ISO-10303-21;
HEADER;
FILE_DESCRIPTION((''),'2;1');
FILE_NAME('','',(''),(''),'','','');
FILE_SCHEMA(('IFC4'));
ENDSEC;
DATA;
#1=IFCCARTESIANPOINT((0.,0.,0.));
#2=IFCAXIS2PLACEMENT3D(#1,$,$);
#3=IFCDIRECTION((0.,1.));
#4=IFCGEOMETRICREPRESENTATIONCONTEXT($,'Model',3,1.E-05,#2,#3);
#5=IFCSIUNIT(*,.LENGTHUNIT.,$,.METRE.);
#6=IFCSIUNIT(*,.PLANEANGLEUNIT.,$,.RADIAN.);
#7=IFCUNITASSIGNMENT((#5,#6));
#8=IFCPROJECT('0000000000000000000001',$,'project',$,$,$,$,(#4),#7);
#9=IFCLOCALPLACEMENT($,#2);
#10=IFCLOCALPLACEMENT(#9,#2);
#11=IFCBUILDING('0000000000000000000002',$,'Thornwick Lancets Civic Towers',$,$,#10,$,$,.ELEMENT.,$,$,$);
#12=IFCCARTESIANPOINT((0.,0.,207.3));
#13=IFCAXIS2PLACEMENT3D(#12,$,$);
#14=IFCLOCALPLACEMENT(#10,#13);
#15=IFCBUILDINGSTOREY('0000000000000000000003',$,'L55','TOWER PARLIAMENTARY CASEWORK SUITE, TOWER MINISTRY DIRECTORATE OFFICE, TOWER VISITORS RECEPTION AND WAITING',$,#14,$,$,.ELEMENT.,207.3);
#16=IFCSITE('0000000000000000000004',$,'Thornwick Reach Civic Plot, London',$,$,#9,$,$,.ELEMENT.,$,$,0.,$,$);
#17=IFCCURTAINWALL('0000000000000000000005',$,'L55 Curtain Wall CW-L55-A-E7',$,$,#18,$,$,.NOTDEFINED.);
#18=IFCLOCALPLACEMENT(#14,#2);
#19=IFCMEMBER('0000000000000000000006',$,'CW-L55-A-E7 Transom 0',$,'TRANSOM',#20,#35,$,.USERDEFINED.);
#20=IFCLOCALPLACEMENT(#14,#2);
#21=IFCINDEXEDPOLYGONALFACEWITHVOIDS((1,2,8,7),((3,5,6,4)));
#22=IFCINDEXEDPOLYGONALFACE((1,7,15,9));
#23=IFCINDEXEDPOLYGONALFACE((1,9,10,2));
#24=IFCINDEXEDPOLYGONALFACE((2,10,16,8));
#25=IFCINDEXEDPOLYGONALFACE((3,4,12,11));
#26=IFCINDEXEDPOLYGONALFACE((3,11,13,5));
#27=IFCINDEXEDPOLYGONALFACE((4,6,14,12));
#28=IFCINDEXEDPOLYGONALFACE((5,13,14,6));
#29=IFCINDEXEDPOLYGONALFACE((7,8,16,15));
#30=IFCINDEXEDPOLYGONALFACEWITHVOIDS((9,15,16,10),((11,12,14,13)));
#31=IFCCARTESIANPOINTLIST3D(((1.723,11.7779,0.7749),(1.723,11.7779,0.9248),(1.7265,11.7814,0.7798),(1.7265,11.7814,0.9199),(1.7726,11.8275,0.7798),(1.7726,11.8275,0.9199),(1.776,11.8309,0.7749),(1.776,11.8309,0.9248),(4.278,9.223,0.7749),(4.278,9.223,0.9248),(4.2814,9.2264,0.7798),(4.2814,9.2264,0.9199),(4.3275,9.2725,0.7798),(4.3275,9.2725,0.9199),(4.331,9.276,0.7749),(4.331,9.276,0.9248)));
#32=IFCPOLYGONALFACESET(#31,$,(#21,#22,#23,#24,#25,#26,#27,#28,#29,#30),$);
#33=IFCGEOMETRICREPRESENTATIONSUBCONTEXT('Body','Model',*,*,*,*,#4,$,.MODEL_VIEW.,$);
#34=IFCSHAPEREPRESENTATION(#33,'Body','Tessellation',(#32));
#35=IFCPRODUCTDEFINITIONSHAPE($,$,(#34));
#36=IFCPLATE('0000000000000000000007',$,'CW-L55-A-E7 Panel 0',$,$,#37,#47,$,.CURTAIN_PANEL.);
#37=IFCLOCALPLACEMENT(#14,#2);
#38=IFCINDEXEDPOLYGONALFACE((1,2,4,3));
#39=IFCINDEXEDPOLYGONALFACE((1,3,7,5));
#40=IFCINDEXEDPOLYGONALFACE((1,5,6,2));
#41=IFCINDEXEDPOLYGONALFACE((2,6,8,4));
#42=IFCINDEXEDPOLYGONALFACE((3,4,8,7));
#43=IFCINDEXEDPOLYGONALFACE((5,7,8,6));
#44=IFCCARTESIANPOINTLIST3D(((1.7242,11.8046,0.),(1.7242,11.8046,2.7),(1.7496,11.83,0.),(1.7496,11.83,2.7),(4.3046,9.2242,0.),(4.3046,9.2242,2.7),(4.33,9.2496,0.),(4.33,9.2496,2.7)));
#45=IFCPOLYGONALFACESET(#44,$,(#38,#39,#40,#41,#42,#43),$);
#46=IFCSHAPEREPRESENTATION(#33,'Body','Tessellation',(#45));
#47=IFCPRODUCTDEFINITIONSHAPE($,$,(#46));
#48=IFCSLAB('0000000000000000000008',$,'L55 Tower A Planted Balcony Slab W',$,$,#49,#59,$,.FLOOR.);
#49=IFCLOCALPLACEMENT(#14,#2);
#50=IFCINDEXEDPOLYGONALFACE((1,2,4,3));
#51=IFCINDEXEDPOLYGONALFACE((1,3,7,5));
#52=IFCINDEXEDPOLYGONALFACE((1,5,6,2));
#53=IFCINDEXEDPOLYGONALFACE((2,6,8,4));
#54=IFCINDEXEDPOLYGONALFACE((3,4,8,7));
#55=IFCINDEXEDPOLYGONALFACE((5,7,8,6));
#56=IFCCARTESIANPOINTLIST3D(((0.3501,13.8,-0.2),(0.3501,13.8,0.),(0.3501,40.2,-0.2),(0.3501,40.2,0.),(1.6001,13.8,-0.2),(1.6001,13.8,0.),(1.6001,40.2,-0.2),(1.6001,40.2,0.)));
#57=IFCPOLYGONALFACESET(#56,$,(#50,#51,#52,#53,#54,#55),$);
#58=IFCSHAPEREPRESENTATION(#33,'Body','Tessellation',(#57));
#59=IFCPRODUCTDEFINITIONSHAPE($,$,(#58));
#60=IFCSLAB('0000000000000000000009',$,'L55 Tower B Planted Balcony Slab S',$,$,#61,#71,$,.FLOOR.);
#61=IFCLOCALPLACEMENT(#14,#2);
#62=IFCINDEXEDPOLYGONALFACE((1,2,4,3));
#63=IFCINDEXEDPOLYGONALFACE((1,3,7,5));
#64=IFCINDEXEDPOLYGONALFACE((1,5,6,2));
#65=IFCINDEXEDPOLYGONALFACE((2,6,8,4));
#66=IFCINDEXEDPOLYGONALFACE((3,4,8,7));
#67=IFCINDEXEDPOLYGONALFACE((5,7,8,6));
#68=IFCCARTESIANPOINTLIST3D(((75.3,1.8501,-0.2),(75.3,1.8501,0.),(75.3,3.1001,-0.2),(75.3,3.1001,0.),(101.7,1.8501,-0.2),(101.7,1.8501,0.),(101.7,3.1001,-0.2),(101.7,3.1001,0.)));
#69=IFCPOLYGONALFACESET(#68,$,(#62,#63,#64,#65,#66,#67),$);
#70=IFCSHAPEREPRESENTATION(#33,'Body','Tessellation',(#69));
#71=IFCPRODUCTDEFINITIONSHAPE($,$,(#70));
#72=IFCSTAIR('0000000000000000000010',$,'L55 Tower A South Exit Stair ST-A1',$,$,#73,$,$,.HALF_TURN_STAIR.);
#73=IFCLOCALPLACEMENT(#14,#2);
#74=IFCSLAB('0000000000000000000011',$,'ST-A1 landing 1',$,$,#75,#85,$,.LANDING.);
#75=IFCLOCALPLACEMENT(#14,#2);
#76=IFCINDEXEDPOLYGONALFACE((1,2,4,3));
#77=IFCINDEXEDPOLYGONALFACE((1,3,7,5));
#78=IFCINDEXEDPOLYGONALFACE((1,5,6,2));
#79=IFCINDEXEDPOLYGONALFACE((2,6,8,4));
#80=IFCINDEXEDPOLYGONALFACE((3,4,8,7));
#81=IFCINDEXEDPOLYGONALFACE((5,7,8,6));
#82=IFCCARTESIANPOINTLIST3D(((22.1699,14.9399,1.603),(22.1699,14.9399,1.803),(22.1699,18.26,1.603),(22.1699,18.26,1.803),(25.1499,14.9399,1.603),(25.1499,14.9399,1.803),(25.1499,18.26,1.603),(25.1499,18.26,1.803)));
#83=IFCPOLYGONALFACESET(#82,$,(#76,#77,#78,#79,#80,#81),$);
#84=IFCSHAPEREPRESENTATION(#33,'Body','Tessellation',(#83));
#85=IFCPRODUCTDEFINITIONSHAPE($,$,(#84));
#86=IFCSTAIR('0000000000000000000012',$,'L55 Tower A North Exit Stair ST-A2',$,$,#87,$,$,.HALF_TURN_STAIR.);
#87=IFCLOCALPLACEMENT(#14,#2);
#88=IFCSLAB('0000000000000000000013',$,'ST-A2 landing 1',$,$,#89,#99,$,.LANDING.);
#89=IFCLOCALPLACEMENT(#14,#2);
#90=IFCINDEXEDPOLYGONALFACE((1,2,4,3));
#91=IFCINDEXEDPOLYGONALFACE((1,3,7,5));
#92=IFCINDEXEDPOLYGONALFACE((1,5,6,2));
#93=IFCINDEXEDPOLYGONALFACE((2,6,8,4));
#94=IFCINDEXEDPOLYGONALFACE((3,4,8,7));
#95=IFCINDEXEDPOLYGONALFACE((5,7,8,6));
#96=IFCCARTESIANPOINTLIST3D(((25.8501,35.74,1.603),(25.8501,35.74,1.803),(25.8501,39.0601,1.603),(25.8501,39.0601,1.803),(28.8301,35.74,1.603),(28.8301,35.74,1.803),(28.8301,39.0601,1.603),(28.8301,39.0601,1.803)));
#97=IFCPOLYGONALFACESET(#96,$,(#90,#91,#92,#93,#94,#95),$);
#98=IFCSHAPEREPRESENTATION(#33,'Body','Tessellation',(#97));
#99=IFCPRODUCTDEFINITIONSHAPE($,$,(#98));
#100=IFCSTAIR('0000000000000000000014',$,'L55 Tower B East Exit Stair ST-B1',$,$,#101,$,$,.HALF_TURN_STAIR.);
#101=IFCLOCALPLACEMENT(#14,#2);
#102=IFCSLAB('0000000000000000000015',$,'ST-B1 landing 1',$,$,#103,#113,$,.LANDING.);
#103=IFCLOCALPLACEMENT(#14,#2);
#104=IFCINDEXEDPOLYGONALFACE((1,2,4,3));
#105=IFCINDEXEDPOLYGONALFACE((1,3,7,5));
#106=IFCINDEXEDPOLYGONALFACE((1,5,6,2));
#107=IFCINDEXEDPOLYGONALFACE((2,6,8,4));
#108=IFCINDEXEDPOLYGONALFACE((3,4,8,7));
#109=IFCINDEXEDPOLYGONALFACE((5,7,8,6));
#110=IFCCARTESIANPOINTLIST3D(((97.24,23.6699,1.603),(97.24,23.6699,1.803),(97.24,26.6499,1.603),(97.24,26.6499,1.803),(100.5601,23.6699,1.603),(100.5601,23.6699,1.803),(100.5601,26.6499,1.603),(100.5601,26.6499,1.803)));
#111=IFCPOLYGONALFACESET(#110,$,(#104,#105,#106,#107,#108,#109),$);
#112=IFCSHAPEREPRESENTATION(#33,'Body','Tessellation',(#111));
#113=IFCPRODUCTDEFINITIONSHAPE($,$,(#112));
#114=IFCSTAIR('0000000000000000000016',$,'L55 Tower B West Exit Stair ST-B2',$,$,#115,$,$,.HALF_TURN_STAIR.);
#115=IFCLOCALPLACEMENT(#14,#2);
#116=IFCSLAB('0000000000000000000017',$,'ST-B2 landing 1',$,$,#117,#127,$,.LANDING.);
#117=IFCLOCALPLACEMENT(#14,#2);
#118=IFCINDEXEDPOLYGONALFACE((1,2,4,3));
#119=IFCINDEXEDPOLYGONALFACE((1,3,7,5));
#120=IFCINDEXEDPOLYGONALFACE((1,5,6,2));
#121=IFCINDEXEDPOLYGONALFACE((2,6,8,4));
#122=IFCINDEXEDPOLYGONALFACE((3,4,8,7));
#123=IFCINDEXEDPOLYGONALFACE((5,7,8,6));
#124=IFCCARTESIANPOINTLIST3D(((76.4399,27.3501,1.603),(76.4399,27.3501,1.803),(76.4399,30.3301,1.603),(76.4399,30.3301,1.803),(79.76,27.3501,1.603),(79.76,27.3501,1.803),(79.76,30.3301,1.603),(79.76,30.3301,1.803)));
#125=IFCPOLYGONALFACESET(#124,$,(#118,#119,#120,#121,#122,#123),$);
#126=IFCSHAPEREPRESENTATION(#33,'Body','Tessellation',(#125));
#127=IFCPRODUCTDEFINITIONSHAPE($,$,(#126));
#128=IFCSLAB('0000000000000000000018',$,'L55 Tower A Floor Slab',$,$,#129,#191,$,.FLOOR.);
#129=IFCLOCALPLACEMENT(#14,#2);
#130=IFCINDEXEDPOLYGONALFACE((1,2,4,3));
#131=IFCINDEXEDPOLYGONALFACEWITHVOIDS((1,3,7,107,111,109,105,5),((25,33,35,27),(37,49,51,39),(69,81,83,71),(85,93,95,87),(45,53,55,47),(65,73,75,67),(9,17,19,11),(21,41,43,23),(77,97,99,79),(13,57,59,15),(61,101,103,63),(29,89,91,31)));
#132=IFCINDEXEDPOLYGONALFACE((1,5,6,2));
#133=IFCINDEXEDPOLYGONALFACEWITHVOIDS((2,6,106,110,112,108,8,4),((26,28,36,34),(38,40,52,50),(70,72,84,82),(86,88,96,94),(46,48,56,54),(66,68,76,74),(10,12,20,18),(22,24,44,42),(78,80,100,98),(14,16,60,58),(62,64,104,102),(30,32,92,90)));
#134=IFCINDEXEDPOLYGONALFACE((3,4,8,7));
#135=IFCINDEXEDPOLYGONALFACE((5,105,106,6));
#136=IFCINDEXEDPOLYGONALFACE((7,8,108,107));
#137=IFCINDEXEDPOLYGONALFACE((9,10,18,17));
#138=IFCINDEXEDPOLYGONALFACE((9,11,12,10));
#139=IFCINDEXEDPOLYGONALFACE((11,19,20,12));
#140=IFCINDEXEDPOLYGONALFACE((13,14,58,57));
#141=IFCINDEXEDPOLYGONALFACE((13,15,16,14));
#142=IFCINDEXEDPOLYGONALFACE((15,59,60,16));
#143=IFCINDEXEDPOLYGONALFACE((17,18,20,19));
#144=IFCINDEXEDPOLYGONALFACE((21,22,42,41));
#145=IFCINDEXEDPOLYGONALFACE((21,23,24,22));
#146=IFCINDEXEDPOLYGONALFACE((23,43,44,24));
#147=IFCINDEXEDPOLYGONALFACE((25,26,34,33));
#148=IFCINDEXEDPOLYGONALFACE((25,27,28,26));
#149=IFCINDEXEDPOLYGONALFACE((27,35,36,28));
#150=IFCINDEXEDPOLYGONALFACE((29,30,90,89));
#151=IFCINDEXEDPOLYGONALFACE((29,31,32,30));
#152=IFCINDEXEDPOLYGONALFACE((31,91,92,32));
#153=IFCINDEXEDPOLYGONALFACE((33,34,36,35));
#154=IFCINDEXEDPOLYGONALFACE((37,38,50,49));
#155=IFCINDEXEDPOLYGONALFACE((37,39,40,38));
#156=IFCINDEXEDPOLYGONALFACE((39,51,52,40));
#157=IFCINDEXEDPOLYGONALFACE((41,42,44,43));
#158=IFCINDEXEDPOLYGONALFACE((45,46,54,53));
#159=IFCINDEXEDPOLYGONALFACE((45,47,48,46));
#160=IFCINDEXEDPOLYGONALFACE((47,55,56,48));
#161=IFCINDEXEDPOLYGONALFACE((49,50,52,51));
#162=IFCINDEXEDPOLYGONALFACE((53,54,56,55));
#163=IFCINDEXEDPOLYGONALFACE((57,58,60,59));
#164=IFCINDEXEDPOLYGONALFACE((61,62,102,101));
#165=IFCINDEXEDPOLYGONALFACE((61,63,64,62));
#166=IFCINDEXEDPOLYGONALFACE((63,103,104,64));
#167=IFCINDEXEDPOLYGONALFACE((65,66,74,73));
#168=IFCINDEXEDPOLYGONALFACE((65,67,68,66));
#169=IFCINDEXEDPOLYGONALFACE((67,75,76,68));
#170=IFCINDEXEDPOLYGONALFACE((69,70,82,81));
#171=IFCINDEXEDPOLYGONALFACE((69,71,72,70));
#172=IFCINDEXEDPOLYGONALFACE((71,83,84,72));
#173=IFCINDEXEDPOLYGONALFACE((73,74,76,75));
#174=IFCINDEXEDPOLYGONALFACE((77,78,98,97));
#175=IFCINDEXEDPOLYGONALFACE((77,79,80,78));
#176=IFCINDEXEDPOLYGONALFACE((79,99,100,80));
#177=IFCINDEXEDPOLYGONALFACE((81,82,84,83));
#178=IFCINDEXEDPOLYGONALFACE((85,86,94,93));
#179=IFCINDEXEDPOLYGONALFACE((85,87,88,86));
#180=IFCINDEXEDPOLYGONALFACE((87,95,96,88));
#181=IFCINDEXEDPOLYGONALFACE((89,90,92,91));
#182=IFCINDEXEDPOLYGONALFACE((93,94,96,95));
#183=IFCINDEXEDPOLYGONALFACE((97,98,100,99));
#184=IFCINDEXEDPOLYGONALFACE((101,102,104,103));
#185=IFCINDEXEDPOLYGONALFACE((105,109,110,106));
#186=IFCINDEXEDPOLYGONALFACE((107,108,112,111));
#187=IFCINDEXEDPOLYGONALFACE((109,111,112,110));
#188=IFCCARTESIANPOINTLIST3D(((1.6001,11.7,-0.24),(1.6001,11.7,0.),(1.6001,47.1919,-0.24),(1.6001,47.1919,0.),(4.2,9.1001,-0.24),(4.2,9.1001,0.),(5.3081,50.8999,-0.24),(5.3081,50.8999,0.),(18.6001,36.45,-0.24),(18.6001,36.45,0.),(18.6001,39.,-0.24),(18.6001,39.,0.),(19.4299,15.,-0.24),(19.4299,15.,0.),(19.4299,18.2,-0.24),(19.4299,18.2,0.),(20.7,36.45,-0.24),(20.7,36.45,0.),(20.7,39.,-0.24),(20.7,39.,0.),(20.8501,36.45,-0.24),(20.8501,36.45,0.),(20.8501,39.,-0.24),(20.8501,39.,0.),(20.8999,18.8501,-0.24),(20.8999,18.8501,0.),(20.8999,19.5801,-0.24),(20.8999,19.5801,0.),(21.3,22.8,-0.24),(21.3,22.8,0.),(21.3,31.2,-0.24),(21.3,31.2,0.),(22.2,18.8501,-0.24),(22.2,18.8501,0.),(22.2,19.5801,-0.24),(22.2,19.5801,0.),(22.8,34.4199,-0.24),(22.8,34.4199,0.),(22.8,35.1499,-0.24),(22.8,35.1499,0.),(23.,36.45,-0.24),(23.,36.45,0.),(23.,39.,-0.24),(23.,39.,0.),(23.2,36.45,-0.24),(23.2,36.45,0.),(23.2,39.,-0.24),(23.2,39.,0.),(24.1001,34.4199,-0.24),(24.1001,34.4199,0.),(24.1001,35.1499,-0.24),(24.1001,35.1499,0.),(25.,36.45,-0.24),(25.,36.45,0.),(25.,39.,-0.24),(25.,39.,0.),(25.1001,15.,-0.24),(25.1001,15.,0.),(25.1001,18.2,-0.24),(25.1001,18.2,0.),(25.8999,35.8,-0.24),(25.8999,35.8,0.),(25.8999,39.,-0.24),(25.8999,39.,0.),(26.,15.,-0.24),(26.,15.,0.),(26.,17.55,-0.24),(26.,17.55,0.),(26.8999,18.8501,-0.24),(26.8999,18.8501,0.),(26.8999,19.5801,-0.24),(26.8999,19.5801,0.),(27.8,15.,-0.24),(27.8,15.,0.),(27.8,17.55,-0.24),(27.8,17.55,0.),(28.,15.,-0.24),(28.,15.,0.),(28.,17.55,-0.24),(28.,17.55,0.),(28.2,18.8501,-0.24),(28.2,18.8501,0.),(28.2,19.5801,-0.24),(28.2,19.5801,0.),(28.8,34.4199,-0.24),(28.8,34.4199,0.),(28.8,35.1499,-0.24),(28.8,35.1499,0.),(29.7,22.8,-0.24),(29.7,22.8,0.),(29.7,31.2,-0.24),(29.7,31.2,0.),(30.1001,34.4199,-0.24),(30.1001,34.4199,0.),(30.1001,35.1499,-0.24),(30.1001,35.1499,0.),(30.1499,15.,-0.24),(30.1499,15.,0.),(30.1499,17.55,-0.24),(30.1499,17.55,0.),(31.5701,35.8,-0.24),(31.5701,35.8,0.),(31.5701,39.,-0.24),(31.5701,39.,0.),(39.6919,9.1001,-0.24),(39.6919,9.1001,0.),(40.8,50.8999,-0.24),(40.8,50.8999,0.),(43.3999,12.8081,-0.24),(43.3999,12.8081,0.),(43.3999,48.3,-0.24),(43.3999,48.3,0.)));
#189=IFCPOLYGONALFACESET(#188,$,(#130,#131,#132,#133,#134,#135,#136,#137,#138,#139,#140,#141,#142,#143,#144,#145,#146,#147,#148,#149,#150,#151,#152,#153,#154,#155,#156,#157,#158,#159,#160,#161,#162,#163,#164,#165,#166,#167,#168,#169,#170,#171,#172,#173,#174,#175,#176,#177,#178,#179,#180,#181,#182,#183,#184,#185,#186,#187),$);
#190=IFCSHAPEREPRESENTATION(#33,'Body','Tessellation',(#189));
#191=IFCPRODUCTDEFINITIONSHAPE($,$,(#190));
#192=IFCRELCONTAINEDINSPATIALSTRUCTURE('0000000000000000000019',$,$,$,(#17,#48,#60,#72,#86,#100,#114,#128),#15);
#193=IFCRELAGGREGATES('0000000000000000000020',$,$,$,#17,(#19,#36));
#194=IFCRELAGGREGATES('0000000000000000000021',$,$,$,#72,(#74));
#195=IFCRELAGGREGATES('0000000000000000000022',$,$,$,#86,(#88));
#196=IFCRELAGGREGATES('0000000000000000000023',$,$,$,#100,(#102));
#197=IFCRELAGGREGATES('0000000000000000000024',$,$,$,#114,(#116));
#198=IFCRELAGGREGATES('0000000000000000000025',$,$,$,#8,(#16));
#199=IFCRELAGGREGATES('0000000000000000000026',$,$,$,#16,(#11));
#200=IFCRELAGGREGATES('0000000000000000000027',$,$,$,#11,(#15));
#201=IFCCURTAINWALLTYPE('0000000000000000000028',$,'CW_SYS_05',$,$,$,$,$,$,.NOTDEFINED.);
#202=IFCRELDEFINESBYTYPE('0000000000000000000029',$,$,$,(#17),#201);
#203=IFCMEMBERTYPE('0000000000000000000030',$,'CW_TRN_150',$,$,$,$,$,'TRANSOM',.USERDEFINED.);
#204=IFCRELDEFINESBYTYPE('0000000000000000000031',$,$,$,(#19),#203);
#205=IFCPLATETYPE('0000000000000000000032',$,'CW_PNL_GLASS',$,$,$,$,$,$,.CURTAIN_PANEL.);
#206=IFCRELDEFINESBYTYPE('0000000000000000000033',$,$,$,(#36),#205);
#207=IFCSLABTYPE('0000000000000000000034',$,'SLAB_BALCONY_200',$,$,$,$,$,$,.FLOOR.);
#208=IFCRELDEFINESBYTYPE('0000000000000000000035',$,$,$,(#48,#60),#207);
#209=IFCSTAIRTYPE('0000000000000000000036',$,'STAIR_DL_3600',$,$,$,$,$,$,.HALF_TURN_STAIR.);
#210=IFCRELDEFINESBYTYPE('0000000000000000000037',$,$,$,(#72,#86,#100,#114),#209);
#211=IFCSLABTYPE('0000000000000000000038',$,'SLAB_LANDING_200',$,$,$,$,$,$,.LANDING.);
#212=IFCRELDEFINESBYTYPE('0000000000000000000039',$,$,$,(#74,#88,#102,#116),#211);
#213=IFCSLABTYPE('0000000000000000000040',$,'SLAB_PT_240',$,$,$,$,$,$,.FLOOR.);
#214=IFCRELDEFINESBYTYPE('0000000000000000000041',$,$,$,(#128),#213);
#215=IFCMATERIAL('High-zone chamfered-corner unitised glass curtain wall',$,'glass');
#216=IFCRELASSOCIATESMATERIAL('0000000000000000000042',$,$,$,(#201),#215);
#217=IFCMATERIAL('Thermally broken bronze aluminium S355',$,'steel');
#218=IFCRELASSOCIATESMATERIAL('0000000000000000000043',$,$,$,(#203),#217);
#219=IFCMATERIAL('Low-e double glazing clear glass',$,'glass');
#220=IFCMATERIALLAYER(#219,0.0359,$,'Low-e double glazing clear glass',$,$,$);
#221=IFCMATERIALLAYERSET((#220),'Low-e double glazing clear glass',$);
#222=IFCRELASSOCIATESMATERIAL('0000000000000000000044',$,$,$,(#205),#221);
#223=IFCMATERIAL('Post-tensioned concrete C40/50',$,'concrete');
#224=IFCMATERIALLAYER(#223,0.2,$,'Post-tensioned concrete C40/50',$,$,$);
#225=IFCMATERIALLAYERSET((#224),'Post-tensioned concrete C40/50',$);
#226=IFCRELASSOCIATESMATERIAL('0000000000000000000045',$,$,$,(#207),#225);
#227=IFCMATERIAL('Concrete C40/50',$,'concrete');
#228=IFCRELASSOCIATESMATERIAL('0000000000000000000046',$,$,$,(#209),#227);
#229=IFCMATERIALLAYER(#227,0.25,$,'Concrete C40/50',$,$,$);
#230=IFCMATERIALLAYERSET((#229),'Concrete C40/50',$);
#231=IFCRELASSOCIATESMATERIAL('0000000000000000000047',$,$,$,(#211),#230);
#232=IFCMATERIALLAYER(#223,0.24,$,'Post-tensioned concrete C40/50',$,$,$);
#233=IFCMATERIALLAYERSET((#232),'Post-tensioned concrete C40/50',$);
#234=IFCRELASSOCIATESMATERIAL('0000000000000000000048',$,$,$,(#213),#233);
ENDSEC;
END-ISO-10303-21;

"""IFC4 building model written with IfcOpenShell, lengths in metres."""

from ifc_helpers import new_model, si_unit, direction, frame, origin, origin_2d, place, context, subcontext, project, spatial, polyline, rectangle, hollow_rectangle, outline, extrude, material, layer, layer_set, material_profile, profile_set, type_object, element, aggregate, save


model = new_model("IFC4")

# Units and contexts
model_context = context("Model", 3, precision=1e-05, world=origin(), true_north=direction((0.0, 1.0)))
body_context = subcontext(model_context, "Body", "Model", "MODEL_VIEW")
ifc_project = project(units=[si_unit("LENGTHUNIT", "METRE"), si_unit("PLANEANGLEUNIT", "RADIAN")], contexts=[model_context])

# Site, building, storey
site_placement = place(None, origin())
site = spatial("IfcSite", under=ifc_project, at=site_placement, Name="Thornwick Reach Civic Plot, London", CompositionType="ELEMENT", RefElevation=0.0)
building_placement = place(site_placement, origin())
building = spatial("IfcBuilding", under=site, at=building_placement, Name="Thornwick Lancets Civic Towers", CompositionType="ELEMENT")
storey_placement = place(building_placement, frame((0.0, 0.0, 207.3)))
storey = spatial("IfcBuildingStorey", under=building, at=storey_placement, Name="L55", Description="TOWER PARLIAMENTARY CASEWORK SUITE, TOWER MINISTRY DIRECTORATE OFFICE, TOWER VISITORS RECEPTION AND WAITING", CompositionType="ELEMENT", Elevation=207.3)

# Curtain wall, member, plate
ifc_material_1 = material(Name="High-zone chamfered-corner unitised glass curtain wall", Category="glass")
curtain_wall_type = type_object("IfcCurtainWallType", Name="CW_SYS_05", PredefinedType="NOTDEFINED", material=ifc_material_1)
curtain_wall_placement = place(storey_placement, origin())
curtain_wall = element("IfcCurtainWall", 1, at=curtain_wall_placement, inside=storey, type_object=curtain_wall_type, Name="L55 Curtain Wall CW-L55-A-E7", PredefinedType="NOTDEFINED")
ifc_material_2 = material(Name="Thermally broken bronze aluminium S355", Category="steel")
ifc_material_profile_1 = material_profile(ifc_material_2, hollow_rectangle(XDim=0.075, YDim=0.1499, WallThickness=0.0049, at=origin_2d()), Name="RHS 150x75x5")
ifc_profile_set_1 = profile_set([ifc_material_profile_1], Name="Thermally broken bronze aluminium S355")
member_type_1 = type_object("IfcMemberType", Name="CW_TRN_150", ElementType="TRANSOM", PredefinedType="USERDEFINED", material=ifc_profile_set_1)
member_1_placement = place(storey_placement, frame((1.7495, 11.8044, 0.8499), z_axis=(0.707107, -0.707107, 0.0), x_axis=(0.707107, 0.707107, 0.0)))
member_1 = element("IfcMember", 2, at=member_1_placement, type_object=member_type_1, Name="CW-L55-A-E7 Transom 0", ObjectType="TRANSOM", PredefinedType="USERDEFINED", context=body_context, shape_type="SweptSolid", body=[
    extrude(hollow_rectangle(XDim=0.075, YDim=0.1499, WallThickness=0.0049, at=origin_2d()), origin(), (0.0, 0.0, 1.0), 3.6133),
])
ifc_material_3 = material(Name="Low-e double glazing clear glass", Category="glass")
ifc_layer_1 = layer(ifc_material_3, 0.0359, Name="Low-e double glazing clear glass")
ifc_layer_set_1 = layer_set([ifc_layer_1], Name="Low-e double glazing clear glass")
plate_type = type_object("IfcPlateType", Name="CW_PNL_GLASS", PredefinedType="CURTAIN_PANEL", material=ifc_layer_set_1)
plate_placement = place(storey_placement, frame((3.0271, 10.5271, 0.0), z_axis=(0.0, 0.0, 1.0), x_axis=(0.707107, -0.707107, 0.0)))
plate = element("IfcPlate", 3, at=plate_placement, type_object=plate_type, Name="CW-L55-A-E7 Panel 0", PredefinedType="CURTAIN_PANEL", context=body_context, shape_type="SweptSolid", body=[
    extrude(rectangle(XDim=3.6492, YDim=0.0359, at=origin_2d()), origin(), (0.0, 0.0, 1.0), 2.7),
])
aggregate(curtain_wall, [member_1, plate])

# Slabs
ifc_material_4 = material(Name="Post-tensioned concrete C40/50", Category="concrete")
ifc_layer_2 = layer(ifc_material_4, 0.2, Name="Post-tensioned concrete C40/50")
ifc_layer_set_2 = layer_set([ifc_layer_2], Name="Post-tensioned concrete C40/50")
slab_type_1 = type_object("IfcSlabType", Name="SLAB_BALCONY_200", PredefinedType="FLOOR", material=ifc_layer_set_2)
slab_1_placement = place(storey_placement, frame((0.0, 0.0, -0.2)))
element("IfcSlab", 4, at=slab_1_placement, inside=storey, type_object=slab_type_1, Name="L55 Tower A Planted Balcony Slab W", PredefinedType="FLOOR", context=body_context, shape_type="SweptSolid", body=[
    extrude(outline(polyline([(0.3501, 13.8), (1.6001, 13.8), (1.6001, 40.2), (0.3501, 40.2), (0.3501, 13.8)])), origin(), (0.0, 0.0, 1.0), 0.2),
])
slab_2_placement = place(storey_placement, frame((0.0, 0.0, -0.2)))
element("IfcSlab", 5, at=slab_2_placement, inside=storey, type_object=slab_type_1, Name="L55 Tower B Planted Balcony Slab S", PredefinedType="FLOOR", context=body_context, shape_type="SweptSolid", body=[
    extrude(outline(polyline([(75.3, 1.8501), (101.7, 1.8501), (101.7, 3.1001), (75.3, 3.1001), (75.3, 1.8501)])), origin(), (0.0, 0.0, 1.0), 0.2),
])

# Stairs, slabs
ifc_material_5 = material(Name="Concrete C40/50", Category="concrete")
stair_type = type_object("IfcStairType", Name="STAIR_DL_3600", PredefinedType="HALF_TURN_STAIR", material=ifc_material_5)
stair_1_placement = place(storey_placement, origin())
stair_1 = element("IfcStair", 6, at=stair_1_placement, inside=storey, type_object=stair_type, Name="L55 Tower A South Exit Stair ST-A1", PredefinedType="HALF_TURN_STAIR")
ifc_layer_3 = layer(ifc_material_5, 0.25, Name="Concrete C40/50")
ifc_layer_set_3 = layer_set([ifc_layer_3], Name="Concrete C40/50")
slab_type_2 = type_object("IfcSlabType", Name="SLAB_LANDING_200", PredefinedType="LANDING", material=ifc_layer_set_3)
slab_3_placement = place(storey_placement, frame((0.0, 0.0, 1.603)))
slab_3 = element("IfcSlab", 7, at=slab_3_placement, type_object=slab_type_2, Name="ST-A1 landing 1", PredefinedType="LANDING", context=body_context, shape_type="SweptSolid", body=[
    extrude(outline(polyline([(22.1699, 14.9399), (25.1499, 14.9399), (25.1499, 18.26), (22.1699, 18.26), (22.1699, 14.9399)])), origin(), (0.0, 0.0, 1.0), 0.2),
])
aggregate(stair_1, [slab_3])
stair_2_placement = place(storey_placement, origin())
stair_2 = element("IfcStair", 8, at=stair_2_placement, inside=storey, type_object=stair_type, Name="L55 Tower A North Exit Stair ST-A2", PredefinedType="HALF_TURN_STAIR")
slab_4_placement = place(storey_placement, frame((0.0, 0.0, 1.603)))
slab_4 = element("IfcSlab", 9, at=slab_4_placement, type_object=slab_type_2, Name="ST-A2 landing 1", PredefinedType="LANDING", context=body_context, shape_type="SweptSolid", body=[
    extrude(outline(polyline([(28.8301, 39.0601), (25.8501, 39.0601), (25.8501, 35.74), (28.8301, 35.74), (28.8301, 39.0601)])), origin(), (0.0, 0.0, 1.0), 0.2),
])
aggregate(stair_2, [slab_4])
stair_3_placement = place(storey_placement, origin())
stair_3 = element("IfcStair", 10, at=stair_3_placement, inside=storey, type_object=stair_type, Name="L55 Tower B East Exit Stair ST-B1", PredefinedType="HALF_TURN_STAIR")
slab_5_placement = place(storey_placement, frame((0.0, 0.0, 1.603)))
slab_5 = element("IfcSlab", 11, at=slab_5_placement, type_object=slab_type_2, Name="ST-B1 landing 1", PredefinedType="LANDING", context=body_context, shape_type="SweptSolid", body=[
    extrude(outline(polyline([(100.5601, 23.6699), (100.5601, 26.6499), (97.24, 26.6499), (97.24, 23.6699), (100.5601, 23.6699)])), origin(), (0.0, 0.0, 1.0), 0.2),
])
aggregate(stair_3, [slab_5])
stair_4_placement = place(storey_placement, origin())
stair_4 = element("IfcStair", 12, at=stair_4_placement, inside=storey, type_object=stair_type, Name="L55 Tower B West Exit Stair ST-B2", PredefinedType="HALF_TURN_STAIR")
slab_6_placement = place(storey_placement, frame((0.0, 0.0, 1.603)))
slab_6 = element("IfcSlab", 13, at=slab_6_placement, type_object=slab_type_2, Name="ST-B2 landing 1", PredefinedType="LANDING", context=body_context, shape_type="SweptSolid", body=[
    extrude(outline(polyline([(76.4399, 30.3301), (76.4399, 27.3501), (79.76, 27.3501), (79.76, 30.3301), (76.4399, 30.3301)])), origin(), (0.0, 0.0, 1.0), 0.2),
])
aggregate(stair_4, [slab_6])

# Slab
ifc_layer_4 = layer(ifc_material_4, 0.24, Name="Post-tensioned concrete C40/50")
ifc_layer_set_4 = layer_set([ifc_layer_4], Name="Post-tensioned concrete C40/50")
slab_type_3 = type_object("IfcSlabType", Name="SLAB_PT_240", PredefinedType="FLOOR", material=ifc_layer_set_4)
slab_7_placement = place(storey_placement, frame((0.0, 0.0, -0.24)))
element("IfcSlab", 14, at=slab_7_placement, inside=storey, type_object=slab_type_3, Name="L55 Tower A Floor Slab", PredefinedType="FLOOR", context=body_context, shape_type="SweptSolid", body=[
    extrude(outline(polyline([(4.2, 9.1001), (39.6919, 9.1001), (43.3999, 12.8081), (43.3999, 48.3), (40.8, 50.8999), (5.3081, 50.8999), (1.6001, 47.1919), (1.6001, 11.7), (4.2, 9.1001)]), holes=[polyline([(21.3, 22.8), (29.7, 22.8), (29.7, 31.2), (21.3, 31.2), (21.3, 22.8)]), polyline([(19.4299, 15.0), (25.1001, 15.0), (25.1001, 18.2), (19.4299, 18.2), (19.4299, 15.0)]), polyline([(31.5701, 39.0), (25.8999, 39.0), (25.8999, 35.8), (31.5701, 35.8), (31.5701, 39.0)]), polyline([(26.0, 15.0), (27.8, 15.0), (27.8, 17.55), (26.0, 17.55), (26.0, 15.0)]), polyline([(28.0, 15.0), (30.1499, 15.0), (30.1499, 17.55), (28.0, 17.55), (28.0, 15.0)]), polyline([(23.2, 36.45), (25.0, 36.45), (25.0, 39.0), (23.2, 39.0), (23.2, 36.45)]), polyline([(20.8501, 36.45), (23.0, 36.45), (23.0, 39.0), (20.8501, 39.0), (20.8501, 36.45)]), polyline([(18.6001, 36.45), (20.7, 36.45), (20.7, 39.0), (18.6001, 39.0), (18.6001, 36.45)]), polyline([(26.8999, 18.8501), (28.2, 18.8501), (28.2, 19.5801), (26.8999, 19.5801), (26.8999, 18.8501)]), polyline([(20.8999, 18.8501), (22.2, 18.8501), (22.2, 19.5801), (20.8999, 19.5801), (20.8999, 18.8501)]), polyline([(22.8, 34.4199), (24.1001, 34.4199), (24.1001, 35.1499), (22.8, 35.1499), (22.8, 34.4199)]), polyline([(28.8, 34.4199), (30.1001, 34.4199), (30.1001, 35.1499), (28.8, 35.1499), (28.8, 34.4199)])]), origin(), (0.0, 0.0, 1.0), 0.24),
])

save(model, "model.ifc")
